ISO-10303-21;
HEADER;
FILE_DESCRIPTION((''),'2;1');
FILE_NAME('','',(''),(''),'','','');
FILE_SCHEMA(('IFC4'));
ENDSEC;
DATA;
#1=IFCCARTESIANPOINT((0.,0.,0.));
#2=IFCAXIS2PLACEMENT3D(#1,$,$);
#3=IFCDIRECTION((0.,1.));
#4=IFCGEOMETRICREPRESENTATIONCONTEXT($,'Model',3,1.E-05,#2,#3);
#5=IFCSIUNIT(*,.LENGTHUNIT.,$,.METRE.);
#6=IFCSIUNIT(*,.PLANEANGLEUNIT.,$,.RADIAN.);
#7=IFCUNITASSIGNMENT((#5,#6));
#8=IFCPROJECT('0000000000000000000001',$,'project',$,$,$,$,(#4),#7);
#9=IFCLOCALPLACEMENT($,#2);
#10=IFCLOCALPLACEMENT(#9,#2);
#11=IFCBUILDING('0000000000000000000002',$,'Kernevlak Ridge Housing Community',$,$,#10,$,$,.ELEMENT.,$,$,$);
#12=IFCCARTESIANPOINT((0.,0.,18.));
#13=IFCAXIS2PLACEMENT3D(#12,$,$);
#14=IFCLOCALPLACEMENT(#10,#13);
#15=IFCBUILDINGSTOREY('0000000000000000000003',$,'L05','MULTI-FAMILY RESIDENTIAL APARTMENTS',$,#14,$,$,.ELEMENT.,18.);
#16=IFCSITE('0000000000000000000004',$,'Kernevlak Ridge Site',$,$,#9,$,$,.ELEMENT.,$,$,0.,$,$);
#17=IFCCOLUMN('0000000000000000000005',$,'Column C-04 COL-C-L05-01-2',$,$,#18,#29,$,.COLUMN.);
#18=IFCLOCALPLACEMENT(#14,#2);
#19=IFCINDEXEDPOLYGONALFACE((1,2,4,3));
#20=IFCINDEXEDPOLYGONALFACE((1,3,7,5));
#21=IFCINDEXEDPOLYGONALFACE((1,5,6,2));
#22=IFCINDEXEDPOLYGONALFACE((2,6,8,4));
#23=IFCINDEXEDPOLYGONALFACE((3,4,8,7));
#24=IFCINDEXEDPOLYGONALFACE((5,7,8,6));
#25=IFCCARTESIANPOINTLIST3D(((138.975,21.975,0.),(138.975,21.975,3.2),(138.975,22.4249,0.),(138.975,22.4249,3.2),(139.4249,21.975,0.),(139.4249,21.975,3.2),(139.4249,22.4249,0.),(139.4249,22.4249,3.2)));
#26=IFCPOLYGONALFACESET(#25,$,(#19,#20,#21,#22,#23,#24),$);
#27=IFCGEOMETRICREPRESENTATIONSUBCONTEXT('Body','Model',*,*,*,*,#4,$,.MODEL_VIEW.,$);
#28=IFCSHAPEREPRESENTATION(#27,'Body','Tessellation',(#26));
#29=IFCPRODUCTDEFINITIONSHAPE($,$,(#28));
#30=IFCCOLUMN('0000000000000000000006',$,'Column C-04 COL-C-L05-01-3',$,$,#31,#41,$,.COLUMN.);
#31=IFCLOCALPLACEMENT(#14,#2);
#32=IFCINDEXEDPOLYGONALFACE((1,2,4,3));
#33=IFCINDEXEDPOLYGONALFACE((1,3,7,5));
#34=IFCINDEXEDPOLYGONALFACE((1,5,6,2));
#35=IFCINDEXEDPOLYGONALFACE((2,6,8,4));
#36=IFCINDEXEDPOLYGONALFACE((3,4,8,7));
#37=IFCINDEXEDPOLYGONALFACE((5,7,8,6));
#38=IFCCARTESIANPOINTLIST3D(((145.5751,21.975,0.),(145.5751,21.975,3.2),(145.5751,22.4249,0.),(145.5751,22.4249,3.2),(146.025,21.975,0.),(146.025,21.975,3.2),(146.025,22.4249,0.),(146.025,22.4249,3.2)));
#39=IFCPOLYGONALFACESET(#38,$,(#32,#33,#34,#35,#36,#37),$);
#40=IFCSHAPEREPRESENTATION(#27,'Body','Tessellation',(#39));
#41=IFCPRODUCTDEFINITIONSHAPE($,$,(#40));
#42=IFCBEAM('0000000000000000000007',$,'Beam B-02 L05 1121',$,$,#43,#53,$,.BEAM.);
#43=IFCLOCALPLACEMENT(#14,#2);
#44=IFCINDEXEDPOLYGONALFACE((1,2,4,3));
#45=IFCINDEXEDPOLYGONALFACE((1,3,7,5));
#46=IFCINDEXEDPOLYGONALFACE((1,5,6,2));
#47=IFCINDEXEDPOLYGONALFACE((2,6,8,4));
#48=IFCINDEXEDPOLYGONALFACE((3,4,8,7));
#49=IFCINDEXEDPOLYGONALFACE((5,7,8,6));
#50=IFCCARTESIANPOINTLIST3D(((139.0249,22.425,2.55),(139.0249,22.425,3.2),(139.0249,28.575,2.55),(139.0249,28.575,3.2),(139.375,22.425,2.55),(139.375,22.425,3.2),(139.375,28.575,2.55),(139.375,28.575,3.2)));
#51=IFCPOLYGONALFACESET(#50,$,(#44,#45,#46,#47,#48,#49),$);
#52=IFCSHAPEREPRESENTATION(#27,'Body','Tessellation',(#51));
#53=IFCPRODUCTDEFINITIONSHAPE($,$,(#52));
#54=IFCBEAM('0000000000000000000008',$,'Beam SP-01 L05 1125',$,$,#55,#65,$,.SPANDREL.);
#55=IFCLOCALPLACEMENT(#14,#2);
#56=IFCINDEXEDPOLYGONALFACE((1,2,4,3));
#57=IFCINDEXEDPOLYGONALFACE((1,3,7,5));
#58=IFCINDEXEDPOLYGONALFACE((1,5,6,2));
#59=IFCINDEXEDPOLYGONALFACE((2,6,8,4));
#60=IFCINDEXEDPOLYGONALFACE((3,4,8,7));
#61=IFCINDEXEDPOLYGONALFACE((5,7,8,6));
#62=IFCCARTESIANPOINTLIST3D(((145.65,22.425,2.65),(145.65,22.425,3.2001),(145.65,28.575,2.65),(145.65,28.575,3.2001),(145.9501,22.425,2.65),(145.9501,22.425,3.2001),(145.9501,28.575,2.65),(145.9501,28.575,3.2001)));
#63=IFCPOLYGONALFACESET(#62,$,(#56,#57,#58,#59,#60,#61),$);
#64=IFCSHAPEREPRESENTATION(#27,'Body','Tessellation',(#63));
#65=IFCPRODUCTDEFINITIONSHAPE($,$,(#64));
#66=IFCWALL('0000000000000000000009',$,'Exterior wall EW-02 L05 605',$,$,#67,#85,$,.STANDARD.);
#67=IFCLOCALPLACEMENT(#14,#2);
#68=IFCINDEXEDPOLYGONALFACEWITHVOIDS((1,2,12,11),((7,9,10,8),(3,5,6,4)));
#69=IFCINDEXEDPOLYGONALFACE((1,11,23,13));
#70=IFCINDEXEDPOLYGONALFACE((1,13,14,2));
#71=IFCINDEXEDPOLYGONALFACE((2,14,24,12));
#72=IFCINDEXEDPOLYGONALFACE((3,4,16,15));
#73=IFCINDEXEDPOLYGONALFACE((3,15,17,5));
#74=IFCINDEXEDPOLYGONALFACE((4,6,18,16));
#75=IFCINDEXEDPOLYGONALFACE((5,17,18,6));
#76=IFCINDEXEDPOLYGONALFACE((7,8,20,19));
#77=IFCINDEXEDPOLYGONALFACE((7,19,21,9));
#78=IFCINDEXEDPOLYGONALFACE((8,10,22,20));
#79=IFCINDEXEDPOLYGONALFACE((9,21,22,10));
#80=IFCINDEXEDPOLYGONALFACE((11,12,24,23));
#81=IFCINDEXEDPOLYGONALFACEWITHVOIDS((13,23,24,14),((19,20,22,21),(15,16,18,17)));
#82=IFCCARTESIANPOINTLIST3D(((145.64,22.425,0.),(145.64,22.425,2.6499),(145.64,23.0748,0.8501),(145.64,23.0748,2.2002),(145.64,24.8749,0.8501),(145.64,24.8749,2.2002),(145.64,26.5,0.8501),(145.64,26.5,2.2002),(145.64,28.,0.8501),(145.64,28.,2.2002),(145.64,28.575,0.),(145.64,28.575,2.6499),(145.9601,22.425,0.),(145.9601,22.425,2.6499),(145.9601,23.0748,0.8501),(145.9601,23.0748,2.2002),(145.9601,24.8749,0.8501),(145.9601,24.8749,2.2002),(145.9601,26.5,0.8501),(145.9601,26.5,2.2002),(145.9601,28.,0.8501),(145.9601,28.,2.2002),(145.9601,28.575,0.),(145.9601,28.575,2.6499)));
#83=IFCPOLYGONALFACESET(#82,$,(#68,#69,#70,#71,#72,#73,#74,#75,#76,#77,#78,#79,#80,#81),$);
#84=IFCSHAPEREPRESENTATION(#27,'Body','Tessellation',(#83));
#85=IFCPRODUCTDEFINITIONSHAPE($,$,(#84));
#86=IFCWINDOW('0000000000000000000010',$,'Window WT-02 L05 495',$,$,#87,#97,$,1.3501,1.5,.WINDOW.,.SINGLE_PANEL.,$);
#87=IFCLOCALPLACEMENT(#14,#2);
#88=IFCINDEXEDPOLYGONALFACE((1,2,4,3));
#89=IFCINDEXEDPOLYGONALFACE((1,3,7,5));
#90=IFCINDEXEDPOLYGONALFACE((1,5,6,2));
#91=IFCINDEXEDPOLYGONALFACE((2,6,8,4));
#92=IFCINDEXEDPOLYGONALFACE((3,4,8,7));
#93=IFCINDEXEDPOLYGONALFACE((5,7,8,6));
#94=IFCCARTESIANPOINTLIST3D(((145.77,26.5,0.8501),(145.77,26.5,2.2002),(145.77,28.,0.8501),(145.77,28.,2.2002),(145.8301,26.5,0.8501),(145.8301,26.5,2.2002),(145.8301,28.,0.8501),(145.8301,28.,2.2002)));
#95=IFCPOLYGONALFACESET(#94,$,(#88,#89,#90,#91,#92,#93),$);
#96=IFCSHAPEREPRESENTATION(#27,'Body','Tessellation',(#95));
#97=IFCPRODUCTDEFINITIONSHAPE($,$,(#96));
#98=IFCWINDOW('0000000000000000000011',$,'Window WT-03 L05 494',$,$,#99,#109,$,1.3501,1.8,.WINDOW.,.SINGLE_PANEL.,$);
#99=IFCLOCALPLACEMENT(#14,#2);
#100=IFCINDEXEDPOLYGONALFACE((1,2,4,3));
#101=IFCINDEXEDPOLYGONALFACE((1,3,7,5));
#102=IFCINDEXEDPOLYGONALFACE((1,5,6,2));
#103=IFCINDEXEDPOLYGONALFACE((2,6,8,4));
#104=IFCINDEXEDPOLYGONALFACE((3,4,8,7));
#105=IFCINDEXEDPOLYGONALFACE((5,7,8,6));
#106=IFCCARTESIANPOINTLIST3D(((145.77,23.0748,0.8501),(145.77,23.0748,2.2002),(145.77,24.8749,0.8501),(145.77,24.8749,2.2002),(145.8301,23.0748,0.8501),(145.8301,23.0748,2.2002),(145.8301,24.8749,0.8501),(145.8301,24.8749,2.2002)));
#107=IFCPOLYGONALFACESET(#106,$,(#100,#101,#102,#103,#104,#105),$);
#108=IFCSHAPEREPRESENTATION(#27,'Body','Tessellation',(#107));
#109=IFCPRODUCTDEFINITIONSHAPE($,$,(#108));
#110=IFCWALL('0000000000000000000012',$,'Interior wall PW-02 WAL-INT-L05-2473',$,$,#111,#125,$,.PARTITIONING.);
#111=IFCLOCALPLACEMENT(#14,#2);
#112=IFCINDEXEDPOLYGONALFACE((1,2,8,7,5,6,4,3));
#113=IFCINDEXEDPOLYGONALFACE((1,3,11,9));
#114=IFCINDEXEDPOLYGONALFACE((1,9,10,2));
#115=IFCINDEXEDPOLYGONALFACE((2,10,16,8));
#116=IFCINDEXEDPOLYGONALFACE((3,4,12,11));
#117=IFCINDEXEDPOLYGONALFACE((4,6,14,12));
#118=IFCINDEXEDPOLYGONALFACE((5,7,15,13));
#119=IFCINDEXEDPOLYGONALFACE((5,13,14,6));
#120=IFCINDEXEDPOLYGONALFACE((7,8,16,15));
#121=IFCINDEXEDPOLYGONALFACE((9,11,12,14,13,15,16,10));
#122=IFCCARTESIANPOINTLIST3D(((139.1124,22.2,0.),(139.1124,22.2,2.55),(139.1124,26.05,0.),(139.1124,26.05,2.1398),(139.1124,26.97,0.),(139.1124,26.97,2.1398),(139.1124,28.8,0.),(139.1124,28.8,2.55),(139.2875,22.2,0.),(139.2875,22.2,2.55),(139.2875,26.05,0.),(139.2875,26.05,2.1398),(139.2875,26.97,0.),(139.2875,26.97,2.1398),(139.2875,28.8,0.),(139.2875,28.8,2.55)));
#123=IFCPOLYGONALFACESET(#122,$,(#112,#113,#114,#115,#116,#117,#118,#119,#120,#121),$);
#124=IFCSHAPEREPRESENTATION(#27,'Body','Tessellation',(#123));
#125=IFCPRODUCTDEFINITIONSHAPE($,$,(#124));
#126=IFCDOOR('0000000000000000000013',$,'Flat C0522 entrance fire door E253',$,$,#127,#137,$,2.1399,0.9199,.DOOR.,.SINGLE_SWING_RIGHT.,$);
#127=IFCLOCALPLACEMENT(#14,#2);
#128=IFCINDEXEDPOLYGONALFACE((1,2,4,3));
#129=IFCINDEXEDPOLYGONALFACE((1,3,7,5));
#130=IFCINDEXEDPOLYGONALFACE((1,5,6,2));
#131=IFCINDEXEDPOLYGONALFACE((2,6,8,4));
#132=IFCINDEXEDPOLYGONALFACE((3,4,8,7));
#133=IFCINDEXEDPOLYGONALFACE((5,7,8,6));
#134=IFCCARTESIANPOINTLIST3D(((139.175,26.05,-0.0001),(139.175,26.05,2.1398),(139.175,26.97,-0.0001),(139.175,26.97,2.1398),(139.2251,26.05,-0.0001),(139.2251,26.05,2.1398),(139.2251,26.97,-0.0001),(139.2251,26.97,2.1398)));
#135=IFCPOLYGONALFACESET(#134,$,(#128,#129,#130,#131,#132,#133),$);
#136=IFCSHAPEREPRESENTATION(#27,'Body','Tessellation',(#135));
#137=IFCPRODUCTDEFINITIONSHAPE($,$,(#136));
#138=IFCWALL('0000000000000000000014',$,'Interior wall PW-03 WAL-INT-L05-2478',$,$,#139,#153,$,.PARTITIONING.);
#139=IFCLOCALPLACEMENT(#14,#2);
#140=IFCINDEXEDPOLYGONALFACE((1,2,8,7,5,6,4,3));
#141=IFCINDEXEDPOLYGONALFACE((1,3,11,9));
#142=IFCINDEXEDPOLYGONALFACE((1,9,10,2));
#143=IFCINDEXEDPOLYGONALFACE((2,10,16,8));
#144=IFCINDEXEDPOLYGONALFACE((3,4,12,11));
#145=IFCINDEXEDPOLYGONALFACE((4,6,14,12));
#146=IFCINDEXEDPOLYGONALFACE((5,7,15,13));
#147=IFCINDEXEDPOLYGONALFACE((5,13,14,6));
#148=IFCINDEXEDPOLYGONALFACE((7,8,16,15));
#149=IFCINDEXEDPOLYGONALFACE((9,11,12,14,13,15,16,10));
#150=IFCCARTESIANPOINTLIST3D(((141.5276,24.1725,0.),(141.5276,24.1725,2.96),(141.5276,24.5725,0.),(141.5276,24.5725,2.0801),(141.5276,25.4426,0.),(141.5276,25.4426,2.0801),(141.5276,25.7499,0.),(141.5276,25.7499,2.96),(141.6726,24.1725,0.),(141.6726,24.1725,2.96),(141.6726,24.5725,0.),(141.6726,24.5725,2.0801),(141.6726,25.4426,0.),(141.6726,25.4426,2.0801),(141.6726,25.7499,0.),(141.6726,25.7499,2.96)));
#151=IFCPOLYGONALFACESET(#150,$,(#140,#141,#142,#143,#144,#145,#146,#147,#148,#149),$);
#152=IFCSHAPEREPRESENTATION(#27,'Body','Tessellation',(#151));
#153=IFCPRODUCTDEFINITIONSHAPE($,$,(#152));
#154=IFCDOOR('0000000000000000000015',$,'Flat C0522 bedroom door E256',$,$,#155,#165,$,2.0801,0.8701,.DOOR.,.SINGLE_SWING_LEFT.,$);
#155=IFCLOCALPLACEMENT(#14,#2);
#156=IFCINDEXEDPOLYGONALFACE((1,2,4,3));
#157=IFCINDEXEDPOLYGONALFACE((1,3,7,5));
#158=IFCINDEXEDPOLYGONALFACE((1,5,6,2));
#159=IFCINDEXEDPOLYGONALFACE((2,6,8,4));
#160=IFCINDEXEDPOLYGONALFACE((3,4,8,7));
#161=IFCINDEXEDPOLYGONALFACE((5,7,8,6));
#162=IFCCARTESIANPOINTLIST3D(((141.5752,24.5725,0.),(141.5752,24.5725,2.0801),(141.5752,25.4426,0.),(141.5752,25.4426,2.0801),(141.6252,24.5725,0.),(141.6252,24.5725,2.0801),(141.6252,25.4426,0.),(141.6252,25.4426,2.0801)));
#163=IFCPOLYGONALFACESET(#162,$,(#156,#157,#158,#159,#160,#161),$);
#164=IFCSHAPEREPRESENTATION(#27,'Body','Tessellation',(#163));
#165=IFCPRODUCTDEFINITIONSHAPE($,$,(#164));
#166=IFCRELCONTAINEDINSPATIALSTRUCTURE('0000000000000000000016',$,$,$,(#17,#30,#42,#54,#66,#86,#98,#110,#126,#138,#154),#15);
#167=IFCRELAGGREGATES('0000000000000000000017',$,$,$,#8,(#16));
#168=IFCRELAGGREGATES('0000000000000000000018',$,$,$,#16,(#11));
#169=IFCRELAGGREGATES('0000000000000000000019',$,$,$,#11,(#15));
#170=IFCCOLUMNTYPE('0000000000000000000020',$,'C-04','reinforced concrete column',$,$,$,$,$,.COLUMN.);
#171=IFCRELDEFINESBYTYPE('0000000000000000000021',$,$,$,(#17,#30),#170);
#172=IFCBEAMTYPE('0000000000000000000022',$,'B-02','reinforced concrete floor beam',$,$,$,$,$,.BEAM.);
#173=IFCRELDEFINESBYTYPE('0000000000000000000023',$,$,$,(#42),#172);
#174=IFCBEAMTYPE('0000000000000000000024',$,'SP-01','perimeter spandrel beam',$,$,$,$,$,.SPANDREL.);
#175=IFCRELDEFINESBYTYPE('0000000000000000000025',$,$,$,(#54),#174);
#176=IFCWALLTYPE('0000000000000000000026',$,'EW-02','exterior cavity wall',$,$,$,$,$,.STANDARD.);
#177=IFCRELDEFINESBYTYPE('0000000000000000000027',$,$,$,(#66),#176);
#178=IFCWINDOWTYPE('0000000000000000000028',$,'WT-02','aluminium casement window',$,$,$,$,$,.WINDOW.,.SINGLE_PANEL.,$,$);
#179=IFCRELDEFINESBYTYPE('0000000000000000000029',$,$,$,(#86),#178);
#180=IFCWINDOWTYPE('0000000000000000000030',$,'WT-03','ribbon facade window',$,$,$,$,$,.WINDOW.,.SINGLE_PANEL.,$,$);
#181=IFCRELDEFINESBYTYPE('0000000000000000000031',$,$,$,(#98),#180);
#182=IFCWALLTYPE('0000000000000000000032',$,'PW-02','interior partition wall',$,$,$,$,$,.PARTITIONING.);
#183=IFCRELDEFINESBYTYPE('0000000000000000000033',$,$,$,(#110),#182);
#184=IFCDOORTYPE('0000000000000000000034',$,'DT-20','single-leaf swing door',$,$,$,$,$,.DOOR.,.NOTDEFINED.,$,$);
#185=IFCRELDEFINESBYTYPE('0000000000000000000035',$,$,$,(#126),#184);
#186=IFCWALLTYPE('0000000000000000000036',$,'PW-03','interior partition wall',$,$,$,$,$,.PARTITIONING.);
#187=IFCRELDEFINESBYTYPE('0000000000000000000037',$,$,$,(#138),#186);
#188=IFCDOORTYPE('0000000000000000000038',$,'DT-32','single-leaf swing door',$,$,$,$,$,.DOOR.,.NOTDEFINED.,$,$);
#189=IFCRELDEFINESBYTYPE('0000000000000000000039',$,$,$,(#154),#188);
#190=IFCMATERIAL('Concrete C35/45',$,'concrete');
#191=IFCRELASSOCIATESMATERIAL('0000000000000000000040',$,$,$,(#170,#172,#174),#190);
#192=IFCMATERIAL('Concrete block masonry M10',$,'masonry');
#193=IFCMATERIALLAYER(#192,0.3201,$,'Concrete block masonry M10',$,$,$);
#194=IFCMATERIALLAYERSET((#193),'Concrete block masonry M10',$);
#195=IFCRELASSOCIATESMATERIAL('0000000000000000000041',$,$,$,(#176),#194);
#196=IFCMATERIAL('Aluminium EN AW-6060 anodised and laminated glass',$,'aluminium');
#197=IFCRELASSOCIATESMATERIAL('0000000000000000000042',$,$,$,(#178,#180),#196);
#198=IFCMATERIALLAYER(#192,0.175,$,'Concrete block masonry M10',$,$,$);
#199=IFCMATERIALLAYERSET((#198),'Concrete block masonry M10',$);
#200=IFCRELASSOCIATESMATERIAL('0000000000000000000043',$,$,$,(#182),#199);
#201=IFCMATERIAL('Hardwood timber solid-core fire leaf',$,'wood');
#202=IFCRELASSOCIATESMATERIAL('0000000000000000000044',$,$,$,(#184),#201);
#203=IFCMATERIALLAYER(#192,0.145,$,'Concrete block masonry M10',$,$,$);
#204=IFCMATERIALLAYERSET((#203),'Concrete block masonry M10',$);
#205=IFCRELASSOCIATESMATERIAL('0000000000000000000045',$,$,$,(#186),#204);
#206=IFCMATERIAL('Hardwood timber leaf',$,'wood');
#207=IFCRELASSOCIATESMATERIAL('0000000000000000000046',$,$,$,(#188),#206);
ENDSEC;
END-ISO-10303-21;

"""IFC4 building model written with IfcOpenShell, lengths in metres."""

from ifc_helpers import new_model, si_unit, direction, frame, frame_2d, origin, origin_2d, place, context, subcontext, project, spatial, rectangle, extrude, material, layer, layer_set, material_profile, profile_set, type_object, element, fill, save


model = new_model("IFC4")

# Units and contexts
model_context = context("Model", 3, precision=1e-05, world=origin(), true_north=direction((0.0, 1.0)))
body_context = subcontext(model_context, "Body", "Model", "MODEL_VIEW")
ifc_project = project(units=[si_unit("LENGTHUNIT", "METRE"), si_unit("PLANEANGLEUNIT", "RADIAN")], contexts=[model_context])

# Site, building, storey
site_placement = place(None, origin())
site = spatial("IfcSite", under=ifc_project, at=site_placement, Name="Kernevlak Ridge Site", CompositionType="ELEMENT", RefElevation=0.0)
building_placement = place(site_placement, origin())
building = spatial("IfcBuilding", under=site, at=building_placement, Name="Kernevlak Ridge Housing Community", CompositionType="ELEMENT")
storey_placement = place(building_placement, frame((0.0, 0.0, 18.0)))
storey = spatial("IfcBuildingStorey", under=building, at=storey_placement, Name="L05", Description="MULTI-FAMILY RESIDENTIAL APARTMENTS", CompositionType="ELEMENT", Elevation=18.0)

# Columns
ifc_material_1 = material(Name="Concrete C35/45", Category="concrete")
ifc_material_profile_1 = material_profile(ifc_material_1, rectangle(XDim=0.45, YDim=0.45, at=origin_2d()), Name="RC 450x450")
ifc_profile_set_1 = profile_set([ifc_material_profile_1], Name="Concrete C35/45")
column_type = type_object("IfcColumnType", Name="C-04", Description="reinforced concrete column", PredefinedType="COLUMN", material=ifc_profile_set_1)
for number, where, z_axis, x_axis, name in (
    (1, (139.2, 22.2, 0.0), (0.0, 0.0, 1.0), (1.0, 0.0, 0.0), "Column C-04 COL-C-L05-01-2"),
    (2, (145.8, 22.2, 0.0), (0.0, 0.0, 1.0), (1.0, 0.0, 0.0), "Column C-04 COL-C-L05-01-3"),
):
    element("IfcColumn", number, at=place(storey_placement, frame(where, z_axis=z_axis, x_axis=x_axis)), inside=storey, type_object=column_type, Name=name, PredefinedType="COLUMN", context=body_context, shape_type="SweptSolid", body=[
        extrude(rectangle(XDim=0.45, YDim=0.45, at=origin_2d()), origin(), (0.0, 0.0, 1.0), 3.2),
    ])

# Beams
ifc_material_profile_2 = material_profile(ifc_material_1, rectangle(XDim=0.3501, YDim=0.6499, at=origin_2d()), Name="RC 350x650")
ifc_profile_set_2 = profile_set([ifc_material_profile_2], Name="Concrete C35/45")
beam_type_1 = type_object("IfcBeamType", Name="B-02", Description="reinforced concrete floor beam", PredefinedType="BEAM", material=ifc_profile_set_2)
beam_1_placement = place(storey_placement, frame((139.2, 22.425, 2.875), z_axis=(0.0, 1.0, 0.0), x_axis=(-1.0, 0.0, 0.0)))
element("IfcBeam", 3, at=beam_1_placement, inside=storey, type_object=beam_type_1, Name="Beam B-02 L05 1121", PredefinedType="BEAM", context=body_context, shape_type="SweptSolid", body=[
    extrude(rectangle(XDim=0.3501, YDim=0.6499, at=origin_2d()), origin(), (0.0, 0.0, 1.0), 6.1499),
])
ifc_material_profile_3 = material_profile(ifc_material_1, rectangle(XDim=0.3, YDim=0.55, at=origin_2d()), Name="RC 300x550")
ifc_profile_set_3 = profile_set([ifc_material_profile_3], Name="Concrete C35/45")
beam_type_2 = type_object("IfcBeamType", Name="SP-01", Description="perimeter spandrel beam", PredefinedType="SPANDREL", material=ifc_profile_set_3)
beam_2_placement = place(storey_placement, frame((145.8, 22.425, 2.925), z_axis=(0.0, 1.0, 0.0), x_axis=(-1.0, 0.0, 0.0)))
element("IfcBeam", 4, at=beam_2_placement, inside=storey, type_object=beam_type_2, Name="Beam SP-01 L05 1125", PredefinedType="SPANDREL", context=body_context, shape_type="SweptSolid", body=[
    extrude(rectangle(XDim=0.3, YDim=0.55, at=origin_2d()), origin(), (0.0, 0.0, 1.0), 6.1499),
])

# Wall, openings, windows
ifc_material_2 = material(Name="Concrete block masonry M10", Category="masonry")
ifc_layer_1 = layer(ifc_material_2, 0.3201, Name="Concrete block masonry M10")
ifc_layer_set_1 = layer_set([ifc_layer_1], Name="Concrete block masonry M10")
wall_type_1 = type_object("IfcWallType", Name="EW-02", Description="exterior cavity wall", PredefinedType="STANDARD", material=ifc_layer_set_1)
wall_1_placement = place(storey_placement, frame((145.8, 22.425, 0.0), z_axis=(0.0, 0.0, 1.0), x_axis=(0.0, 1.0, 0.0)))
wall_1 = element("IfcWall", 5, at=wall_1_placement, inside=storey, type_object=wall_type_1, Name="Exterior wall EW-02 L05 605", PredefinedType="STANDARD", context=body_context, shape_type="SweptSolid", body=[
    extrude(rectangle(XDim=6.1499, YDim=0.3201, at=frame_2d((3.075, 0.0))), origin(), (0.0, 0.0, 1.0), 2.6499),
])
opening_1_placement = place(wall_1_placement, frame((0.6499, 0.0, 0.8501)))
opening_1 = element("IfcOpeningElement", 6, at=opening_1_placement, cuts=wall_1, PredefinedType="OPENING", context=body_context, shape_type="SweptSolid", body=[
    extrude(rectangle(XDim=1.8, YDim=1.3501, at=frame_2d((0.8999, 0.675))), frame((0.0, 0.1699, 0.0), z_axis=(0.0, -1.0, 0.0), x_axis=(1.0, 0.0, 0.0)), (0.0, 0.0, 1.0), 0.3401),
])
opening_2_placement = place(wall_1_placement, frame((4.075, 0.0, 0.8501)))
opening_2 = element("IfcOpeningElement", 7, at=opening_2_placement, cuts=wall_1, PredefinedType="OPENING", context=body_context, shape_type="SweptSolid", body=[
    extrude(rectangle(XDim=1.5, YDim=1.3501, at=frame_2d((0.75, 0.675))), frame((0.0, 0.1699, 0.0), z_axis=(0.0, -1.0, 0.0), x_axis=(1.0, 0.0, 0.0)), (0.0, 0.0, 1.0), 0.3401),
])
ifc_material_3 = material(Name="Aluminium EN AW-6060 anodised and laminated glass", Category="aluminium")
window_type_1 = type_object("IfcWindowType", Name="WT-02", Description="aluminium casement window", PartitioningType="SINGLE_PANEL", PredefinedType="WINDOW", material=ifc_material_3)
window_1_placement = place(opening_2_placement, origin())
window_1 = element("IfcWindow", 8, at=window_1_placement, inside=storey, type_object=window_type_1, Name="Window WT-02 L05 495", OverallHeight=1.3501, OverallWidth=1.5, PartitioningType="SINGLE_PANEL", PredefinedType="WINDOW", context=body_context, shape_type="SweptSolid", body=[
    extrude(rectangle(XDim=1.5, YDim=1.3501, at=frame_2d((0.75, 0.675))), frame((0.0, 0.03, 0.0), z_axis=(0.0, -1.0, 0.0), x_axis=(1.0, 0.0, 0.0)), (0.0, 0.0, 1.0), 0.0601),
])
fill(opening_2, window_1)
window_type_2 = type_object("IfcWindowType", Name="WT-03", Description="ribbon facade window", PartitioningType="SINGLE_PANEL", PredefinedType="WINDOW", material=ifc_material_3)
window_2_placement = place(opening_1_placement, origin())
window_2 = element("IfcWindow", 9, at=window_2_placement, inside=storey, type_object=window_type_2, Name="Window WT-03 L05 494", OverallHeight=1.3501, OverallWidth=1.8, PartitioningType="SINGLE_PANEL", PredefinedType="WINDOW", context=body_context, shape_type="SweptSolid", body=[
    extrude(rectangle(XDim=1.8, YDim=1.3501, at=frame_2d((0.8999, 0.675))), frame((0.0, 0.03, 0.0), z_axis=(0.0, -1.0, 0.0), x_axis=(1.0, 0.0, 0.0)), (0.0, 0.0, 1.0), 0.0601),
])
fill(opening_1, window_2)

# Walls, openings, doors
ifc_layer_2 = layer(ifc_material_2, 0.175, Name="Concrete block masonry M10")
ifc_layer_set_2 = layer_set([ifc_layer_2], Name="Concrete block masonry M10")
wall_type_2 = type_object("IfcWallType", Name="PW-02", Description="interior partition wall", PredefinedType="PARTITIONING", material=ifc_layer_set_2)
wall_2_placement = place(storey_placement, frame((139.2, 22.2, 0.0), z_axis=(0.0, 0.0, 1.0), x_axis=(0.0, 1.0, 0.0)))
wall_2 = element("IfcWall", 10, at=wall_2_placement, inside=storey, type_object=wall_type_2, Name="Interior wall PW-02 WAL-INT-L05-2473", PredefinedType="PARTITIONING", context=body_context, shape_type="SweptSolid", body=[
    extrude(rectangle(XDim=6.6001, YDim=0.175, at=frame_2d((3.3, 0.0))), origin(), (0.0, 0.0, 1.0), 2.55),
])
opening_3_placement = place(wall_2_placement, frame((3.8501, 0.0, 0.0)))
opening_3 = element("IfcOpeningElement", 11, at=opening_3_placement, cuts=wall_2, PredefinedType="OPENING", context=body_context, shape_type="SweptSolid", body=[
    extrude(rectangle(XDim=0.9199, YDim=2.1399, at=frame_2d((0.46, 1.0698))), frame((0.0, 0.0974, 0.0), z_axis=(0.0, -1.0, 0.0), x_axis=(1.0, 0.0, 0.0)), (0.0, 0.0, 1.0), 0.1951),
])
ifc_material_4 = material(Name="Hardwood timber solid-core fire leaf", Category="wood")
door_type_1 = type_object("IfcDoorType", Name="DT-20", Description="single-leaf swing door", OperationType="NOTDEFINED", PredefinedType="DOOR", material=ifc_material_4)
door_1_placement = place(opening_3_placement, origin())
door_1 = element("IfcDoor", 12, at=door_1_placement, inside=storey, type_object=door_type_1, Name="Flat C0522 entrance fire door E253", OperationType="SINGLE_SWING_RIGHT", OverallHeight=2.1399, OverallWidth=0.9199, PredefinedType="DOOR", context=body_context, shape_type="SweptSolid", body=[
    extrude(rectangle(XDim=0.9199, YDim=2.1399, at=frame_2d((0.46, 1.0698))), frame((0.0, 0.0249, 0.0), z_axis=(0.0, -1.0, 0.0), x_axis=(1.0, 0.0, 0.0)), (0.0, 0.0, 1.0), 0.05),
])
fill(opening_3, door_1)
ifc_layer_3 = layer(ifc_material_2, 0.145, Name="Concrete block masonry M10")
ifc_layer_set_3 = layer_set([ifc_layer_3], Name="Concrete block masonry M10")
wall_type_3 = type_object("IfcWallType", Name="PW-03", Description="interior partition wall", PredefinedType="PARTITIONING", material=ifc_layer_set_3)
wall_3_placement = place(storey_placement, frame((141.6001, 24.1726, 0.0), z_axis=(0.0, 0.0, 1.0), x_axis=(0.0, 1.0, 0.0)))
wall_3 = element("IfcWall", 13, at=wall_3_placement, inside=storey, type_object=wall_type_3, Name="Interior wall PW-03 WAL-INT-L05-2478", PredefinedType="PARTITIONING", context=body_context, shape_type="SweptSolid", body=[
    extrude(rectangle(XDim=1.5774, YDim=0.145, at=frame_2d((0.7886, 0.0))), origin(), (0.0, 0.0, 1.0), 2.96),
])
opening_4_placement = place(wall_3_placement, frame((0.3999, 0.0, 0.0)))
opening_4 = element("IfcOpeningElement", 14, at=opening_4_placement, cuts=wall_3, PredefinedType="OPENING", context=body_context, shape_type="SweptSolid", body=[
    extrude(rectangle(XDim=0.8701, YDim=2.0801, at=frame_2d((0.4351, 1.04))), frame((0.0, 0.0825, 0.0), z_axis=(0.0, -1.0, 0.0), x_axis=(1.0, 0.0, 0.0)), (0.0, 0.0, 1.0), 0.165),
])
ifc_material_5 = material(Name="Hardwood timber leaf", Category="wood")
door_type_2 = type_object("IfcDoorType", Name="DT-32", Description="single-leaf swing door", OperationType="NOTDEFINED", PredefinedType="DOOR", material=ifc_material_5)
door_2_placement = place(opening_4_placement, origin())
door_2 = element("IfcDoor", 15, at=door_2_placement, inside=storey, type_object=door_type_2, Name="Flat C0522 bedroom door E256", OperationType="SINGLE_SWING_LEFT", OverallHeight=2.0801, OverallWidth=0.8701, PredefinedType="DOOR", context=body_context, shape_type="SweptSolid", body=[
    extrude(rectangle(XDim=0.8701, YDim=2.0801, at=frame_2d((0.4351, 1.04))), frame((0.0, 0.0249, 0.0), z_axis=(0.0, -1.0, 0.0), x_axis=(1.0, 0.0, 0.0)), (0.0, 0.0, 1.0), 0.05),
])
fill(opening_4, door_2)

save(model, "model.ifc")
